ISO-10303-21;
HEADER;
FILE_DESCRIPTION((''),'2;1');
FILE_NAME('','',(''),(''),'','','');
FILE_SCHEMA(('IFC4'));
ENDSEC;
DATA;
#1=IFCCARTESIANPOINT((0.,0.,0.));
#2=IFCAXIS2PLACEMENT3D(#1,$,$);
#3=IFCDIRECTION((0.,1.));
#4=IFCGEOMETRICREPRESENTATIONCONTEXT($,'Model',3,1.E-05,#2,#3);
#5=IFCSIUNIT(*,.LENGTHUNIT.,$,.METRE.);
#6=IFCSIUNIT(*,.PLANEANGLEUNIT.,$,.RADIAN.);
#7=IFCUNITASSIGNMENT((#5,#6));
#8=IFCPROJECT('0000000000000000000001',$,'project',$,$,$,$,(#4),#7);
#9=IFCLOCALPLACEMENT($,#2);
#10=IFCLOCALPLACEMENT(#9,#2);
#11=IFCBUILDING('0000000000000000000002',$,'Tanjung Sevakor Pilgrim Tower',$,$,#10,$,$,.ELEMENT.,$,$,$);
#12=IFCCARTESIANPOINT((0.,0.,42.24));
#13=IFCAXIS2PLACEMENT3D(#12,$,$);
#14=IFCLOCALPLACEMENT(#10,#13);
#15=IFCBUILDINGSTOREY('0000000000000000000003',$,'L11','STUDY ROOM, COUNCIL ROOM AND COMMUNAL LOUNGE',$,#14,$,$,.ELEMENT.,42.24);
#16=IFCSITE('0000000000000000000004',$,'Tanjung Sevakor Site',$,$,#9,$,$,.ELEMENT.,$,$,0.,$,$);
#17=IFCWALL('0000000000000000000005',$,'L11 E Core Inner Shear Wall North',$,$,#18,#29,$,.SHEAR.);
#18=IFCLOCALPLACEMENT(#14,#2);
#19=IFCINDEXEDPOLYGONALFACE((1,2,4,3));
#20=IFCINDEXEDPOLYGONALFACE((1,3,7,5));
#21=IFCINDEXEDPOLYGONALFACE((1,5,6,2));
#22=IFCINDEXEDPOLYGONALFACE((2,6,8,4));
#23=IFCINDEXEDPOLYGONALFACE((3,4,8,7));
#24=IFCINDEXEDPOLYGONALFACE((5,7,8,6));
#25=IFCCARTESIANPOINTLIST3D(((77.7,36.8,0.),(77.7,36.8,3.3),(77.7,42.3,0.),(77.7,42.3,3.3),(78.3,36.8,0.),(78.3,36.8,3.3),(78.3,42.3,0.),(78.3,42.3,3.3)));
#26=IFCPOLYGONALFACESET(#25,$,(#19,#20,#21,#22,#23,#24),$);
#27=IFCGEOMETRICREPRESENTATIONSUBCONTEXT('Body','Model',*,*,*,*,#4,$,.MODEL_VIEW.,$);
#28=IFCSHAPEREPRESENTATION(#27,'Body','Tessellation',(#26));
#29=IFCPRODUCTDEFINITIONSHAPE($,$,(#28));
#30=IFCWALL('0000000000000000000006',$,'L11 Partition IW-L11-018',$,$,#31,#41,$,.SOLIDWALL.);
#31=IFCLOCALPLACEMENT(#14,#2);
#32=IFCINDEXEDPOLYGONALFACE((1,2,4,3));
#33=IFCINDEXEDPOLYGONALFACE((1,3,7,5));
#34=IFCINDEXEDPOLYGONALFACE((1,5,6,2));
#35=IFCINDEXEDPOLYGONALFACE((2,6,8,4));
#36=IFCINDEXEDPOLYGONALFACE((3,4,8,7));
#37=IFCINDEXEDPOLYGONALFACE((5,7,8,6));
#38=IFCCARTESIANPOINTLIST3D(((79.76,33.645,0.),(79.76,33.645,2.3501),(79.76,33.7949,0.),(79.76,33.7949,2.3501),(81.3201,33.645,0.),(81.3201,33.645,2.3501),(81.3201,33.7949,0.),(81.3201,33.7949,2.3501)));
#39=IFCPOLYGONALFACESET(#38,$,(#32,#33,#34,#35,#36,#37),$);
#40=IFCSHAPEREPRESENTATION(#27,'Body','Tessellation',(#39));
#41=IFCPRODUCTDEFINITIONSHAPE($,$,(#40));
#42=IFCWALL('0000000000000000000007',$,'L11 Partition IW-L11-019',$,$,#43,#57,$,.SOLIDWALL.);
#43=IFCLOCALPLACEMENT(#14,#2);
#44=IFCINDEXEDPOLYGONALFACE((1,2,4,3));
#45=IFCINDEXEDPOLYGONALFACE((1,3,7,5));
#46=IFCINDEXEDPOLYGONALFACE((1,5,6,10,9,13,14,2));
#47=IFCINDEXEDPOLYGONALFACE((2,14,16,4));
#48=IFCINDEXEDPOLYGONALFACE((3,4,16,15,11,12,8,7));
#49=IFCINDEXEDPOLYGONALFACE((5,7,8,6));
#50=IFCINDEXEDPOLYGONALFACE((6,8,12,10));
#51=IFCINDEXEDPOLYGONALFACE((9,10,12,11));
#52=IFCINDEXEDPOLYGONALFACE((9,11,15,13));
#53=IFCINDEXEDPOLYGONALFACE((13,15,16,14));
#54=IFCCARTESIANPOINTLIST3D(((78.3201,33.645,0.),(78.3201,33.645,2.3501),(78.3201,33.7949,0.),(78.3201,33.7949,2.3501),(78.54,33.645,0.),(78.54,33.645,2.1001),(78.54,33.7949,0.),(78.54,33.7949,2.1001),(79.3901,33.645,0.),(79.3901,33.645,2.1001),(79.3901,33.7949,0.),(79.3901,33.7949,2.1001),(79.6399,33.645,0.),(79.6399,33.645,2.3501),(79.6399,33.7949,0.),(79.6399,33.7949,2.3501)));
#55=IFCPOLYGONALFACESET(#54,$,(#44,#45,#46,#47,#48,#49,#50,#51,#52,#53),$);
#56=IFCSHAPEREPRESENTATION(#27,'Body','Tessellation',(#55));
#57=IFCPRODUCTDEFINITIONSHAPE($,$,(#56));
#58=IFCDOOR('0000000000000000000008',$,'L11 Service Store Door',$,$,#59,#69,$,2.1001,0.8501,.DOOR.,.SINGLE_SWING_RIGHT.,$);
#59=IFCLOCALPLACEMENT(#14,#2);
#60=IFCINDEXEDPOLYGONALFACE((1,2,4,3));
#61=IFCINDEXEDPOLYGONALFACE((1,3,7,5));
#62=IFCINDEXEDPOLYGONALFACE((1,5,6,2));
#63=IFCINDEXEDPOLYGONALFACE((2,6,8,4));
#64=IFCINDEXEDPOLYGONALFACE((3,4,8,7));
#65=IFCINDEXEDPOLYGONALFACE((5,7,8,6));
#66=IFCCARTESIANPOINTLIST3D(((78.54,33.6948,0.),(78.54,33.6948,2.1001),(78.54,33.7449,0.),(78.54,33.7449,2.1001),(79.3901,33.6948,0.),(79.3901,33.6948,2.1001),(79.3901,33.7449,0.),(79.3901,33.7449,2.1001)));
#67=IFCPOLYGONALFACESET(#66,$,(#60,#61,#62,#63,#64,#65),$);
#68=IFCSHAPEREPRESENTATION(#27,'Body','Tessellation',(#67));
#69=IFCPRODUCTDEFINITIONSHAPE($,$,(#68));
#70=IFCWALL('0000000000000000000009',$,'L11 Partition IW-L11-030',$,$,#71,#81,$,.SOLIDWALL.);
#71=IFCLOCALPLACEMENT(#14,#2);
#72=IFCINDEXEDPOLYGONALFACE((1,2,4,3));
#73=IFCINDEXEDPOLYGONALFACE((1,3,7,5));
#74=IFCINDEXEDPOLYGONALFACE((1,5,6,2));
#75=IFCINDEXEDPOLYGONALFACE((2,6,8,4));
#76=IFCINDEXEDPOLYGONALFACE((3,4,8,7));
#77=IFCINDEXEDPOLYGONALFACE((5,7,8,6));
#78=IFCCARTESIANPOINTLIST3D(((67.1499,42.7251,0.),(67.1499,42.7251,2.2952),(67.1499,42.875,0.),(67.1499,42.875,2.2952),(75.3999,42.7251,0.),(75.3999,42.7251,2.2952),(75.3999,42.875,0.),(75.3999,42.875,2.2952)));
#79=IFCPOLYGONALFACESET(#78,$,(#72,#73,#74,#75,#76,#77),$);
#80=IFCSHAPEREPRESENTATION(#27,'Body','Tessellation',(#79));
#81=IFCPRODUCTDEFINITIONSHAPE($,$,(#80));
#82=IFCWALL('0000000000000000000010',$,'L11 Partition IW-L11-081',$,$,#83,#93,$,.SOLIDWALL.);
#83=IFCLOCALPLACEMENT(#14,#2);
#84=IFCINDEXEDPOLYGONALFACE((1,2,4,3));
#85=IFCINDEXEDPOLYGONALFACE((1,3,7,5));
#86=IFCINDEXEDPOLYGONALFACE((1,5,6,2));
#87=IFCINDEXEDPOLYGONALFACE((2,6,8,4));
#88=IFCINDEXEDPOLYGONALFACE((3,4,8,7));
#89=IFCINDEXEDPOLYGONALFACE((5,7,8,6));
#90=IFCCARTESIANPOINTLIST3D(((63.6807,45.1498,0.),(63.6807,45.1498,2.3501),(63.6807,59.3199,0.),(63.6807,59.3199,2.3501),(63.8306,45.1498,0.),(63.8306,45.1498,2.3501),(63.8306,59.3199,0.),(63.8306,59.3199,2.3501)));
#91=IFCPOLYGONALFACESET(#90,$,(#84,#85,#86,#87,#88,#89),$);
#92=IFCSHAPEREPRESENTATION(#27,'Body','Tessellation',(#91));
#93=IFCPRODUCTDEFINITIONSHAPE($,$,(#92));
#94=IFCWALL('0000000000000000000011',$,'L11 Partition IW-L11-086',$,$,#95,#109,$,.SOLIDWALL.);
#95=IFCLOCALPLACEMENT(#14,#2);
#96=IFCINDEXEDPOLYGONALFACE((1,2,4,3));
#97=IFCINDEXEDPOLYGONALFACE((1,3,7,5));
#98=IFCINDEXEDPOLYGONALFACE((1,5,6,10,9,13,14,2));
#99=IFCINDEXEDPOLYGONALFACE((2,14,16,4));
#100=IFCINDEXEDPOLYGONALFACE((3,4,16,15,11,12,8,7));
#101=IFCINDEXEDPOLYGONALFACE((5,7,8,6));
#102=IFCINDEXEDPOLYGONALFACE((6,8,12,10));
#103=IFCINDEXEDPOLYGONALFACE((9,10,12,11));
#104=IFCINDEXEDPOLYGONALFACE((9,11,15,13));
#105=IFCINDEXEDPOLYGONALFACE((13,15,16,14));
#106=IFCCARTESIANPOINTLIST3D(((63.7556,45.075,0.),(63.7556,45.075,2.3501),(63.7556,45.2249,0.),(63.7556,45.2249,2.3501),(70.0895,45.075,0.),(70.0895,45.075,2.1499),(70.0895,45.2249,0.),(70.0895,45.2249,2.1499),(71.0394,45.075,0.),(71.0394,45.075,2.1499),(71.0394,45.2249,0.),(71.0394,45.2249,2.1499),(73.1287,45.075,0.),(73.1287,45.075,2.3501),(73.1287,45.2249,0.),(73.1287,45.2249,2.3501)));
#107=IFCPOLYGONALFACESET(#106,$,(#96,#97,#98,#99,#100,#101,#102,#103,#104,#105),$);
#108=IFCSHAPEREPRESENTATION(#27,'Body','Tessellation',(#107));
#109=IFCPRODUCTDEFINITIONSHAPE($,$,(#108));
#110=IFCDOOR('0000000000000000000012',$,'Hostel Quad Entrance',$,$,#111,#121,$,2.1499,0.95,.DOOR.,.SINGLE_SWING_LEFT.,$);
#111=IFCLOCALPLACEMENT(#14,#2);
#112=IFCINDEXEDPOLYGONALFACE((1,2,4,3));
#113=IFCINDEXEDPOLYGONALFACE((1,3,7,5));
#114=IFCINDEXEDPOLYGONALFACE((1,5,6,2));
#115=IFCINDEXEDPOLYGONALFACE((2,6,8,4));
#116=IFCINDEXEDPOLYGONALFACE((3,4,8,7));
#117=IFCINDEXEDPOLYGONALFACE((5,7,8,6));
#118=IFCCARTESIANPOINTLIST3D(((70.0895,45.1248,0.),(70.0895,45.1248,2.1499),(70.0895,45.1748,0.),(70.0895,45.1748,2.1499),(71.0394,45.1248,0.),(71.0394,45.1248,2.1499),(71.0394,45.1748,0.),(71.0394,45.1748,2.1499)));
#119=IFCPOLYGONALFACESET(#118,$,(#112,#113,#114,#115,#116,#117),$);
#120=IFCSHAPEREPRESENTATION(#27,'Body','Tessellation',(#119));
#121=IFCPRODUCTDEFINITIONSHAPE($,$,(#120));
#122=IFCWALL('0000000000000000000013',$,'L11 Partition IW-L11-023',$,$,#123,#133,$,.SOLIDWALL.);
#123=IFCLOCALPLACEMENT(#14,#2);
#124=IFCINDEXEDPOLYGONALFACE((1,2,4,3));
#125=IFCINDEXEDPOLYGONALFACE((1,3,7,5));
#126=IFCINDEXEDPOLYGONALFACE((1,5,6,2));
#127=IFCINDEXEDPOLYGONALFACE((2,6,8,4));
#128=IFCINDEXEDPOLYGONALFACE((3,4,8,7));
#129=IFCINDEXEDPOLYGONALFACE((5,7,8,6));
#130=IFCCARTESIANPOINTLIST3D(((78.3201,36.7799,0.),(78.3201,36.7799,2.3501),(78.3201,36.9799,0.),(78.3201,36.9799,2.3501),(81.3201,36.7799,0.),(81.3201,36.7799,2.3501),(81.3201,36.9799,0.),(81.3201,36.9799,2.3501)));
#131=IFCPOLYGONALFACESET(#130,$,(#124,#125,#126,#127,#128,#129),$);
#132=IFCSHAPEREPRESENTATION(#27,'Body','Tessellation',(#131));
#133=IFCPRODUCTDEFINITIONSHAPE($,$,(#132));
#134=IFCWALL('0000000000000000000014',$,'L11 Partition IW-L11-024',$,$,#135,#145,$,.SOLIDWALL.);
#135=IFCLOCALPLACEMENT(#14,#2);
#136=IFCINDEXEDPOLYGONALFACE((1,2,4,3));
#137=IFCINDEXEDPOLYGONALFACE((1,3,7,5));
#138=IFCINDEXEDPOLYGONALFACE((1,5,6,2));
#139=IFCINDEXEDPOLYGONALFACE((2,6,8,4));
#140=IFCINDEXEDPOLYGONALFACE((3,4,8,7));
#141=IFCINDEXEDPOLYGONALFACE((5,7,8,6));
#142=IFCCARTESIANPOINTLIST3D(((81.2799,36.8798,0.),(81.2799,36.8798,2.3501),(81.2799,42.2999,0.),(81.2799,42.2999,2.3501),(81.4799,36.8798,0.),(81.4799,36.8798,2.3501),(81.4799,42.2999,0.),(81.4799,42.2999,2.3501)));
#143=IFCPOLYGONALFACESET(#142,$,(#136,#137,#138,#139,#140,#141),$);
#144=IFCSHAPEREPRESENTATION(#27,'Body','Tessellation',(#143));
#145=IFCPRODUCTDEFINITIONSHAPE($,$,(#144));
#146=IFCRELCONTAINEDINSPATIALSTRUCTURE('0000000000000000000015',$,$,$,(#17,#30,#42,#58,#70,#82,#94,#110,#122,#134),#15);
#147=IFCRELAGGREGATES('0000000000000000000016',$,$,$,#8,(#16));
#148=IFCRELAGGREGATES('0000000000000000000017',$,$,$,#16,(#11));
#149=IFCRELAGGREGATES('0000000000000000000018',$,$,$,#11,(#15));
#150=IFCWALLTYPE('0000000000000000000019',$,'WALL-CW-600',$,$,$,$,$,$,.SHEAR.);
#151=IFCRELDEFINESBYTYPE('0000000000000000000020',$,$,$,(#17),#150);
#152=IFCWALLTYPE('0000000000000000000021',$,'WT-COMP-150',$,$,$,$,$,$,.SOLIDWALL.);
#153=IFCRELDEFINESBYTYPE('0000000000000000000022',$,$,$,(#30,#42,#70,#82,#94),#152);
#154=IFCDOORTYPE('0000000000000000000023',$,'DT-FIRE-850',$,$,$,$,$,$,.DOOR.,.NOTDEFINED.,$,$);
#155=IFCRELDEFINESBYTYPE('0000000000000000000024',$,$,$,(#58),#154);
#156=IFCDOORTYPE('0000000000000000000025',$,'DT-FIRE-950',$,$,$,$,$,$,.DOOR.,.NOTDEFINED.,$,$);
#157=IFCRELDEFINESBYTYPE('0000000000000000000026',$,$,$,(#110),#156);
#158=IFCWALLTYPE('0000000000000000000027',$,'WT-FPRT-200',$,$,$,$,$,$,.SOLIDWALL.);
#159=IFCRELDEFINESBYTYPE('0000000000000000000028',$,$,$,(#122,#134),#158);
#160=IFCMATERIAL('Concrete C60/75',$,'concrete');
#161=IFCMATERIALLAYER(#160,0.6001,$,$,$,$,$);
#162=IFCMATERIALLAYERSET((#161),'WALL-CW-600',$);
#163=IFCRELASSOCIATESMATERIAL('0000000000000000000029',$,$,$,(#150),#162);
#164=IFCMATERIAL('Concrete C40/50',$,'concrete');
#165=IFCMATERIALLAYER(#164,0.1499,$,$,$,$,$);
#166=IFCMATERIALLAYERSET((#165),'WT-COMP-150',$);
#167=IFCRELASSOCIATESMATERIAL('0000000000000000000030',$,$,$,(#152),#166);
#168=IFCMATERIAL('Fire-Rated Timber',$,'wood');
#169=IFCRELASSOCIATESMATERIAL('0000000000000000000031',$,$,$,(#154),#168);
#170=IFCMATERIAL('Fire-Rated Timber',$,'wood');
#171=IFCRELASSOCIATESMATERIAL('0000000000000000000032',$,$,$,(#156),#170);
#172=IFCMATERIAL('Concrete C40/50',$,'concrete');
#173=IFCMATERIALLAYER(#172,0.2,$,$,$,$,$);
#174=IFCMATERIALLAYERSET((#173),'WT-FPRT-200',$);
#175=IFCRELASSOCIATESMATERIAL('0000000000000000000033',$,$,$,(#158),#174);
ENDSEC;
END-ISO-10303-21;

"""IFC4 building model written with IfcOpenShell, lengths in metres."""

from ifc_helpers import new_model, si_unit, direction, frame, frame_2d, origin, place, context, subcontext, project, spatial, rectangle, extrude, material, layer, layer_set, type_object, element, fill, save


model = new_model("IFC4")

# Units and contexts
model_context = context("Model", 3, precision=1e-05, world=origin(), true_north=direction((0.0, 1.0)))
body_context = subcontext(model_context, "Body", "Model", "MODEL_VIEW")
ifc_project = project(units=[si_unit("LENGTHUNIT", "METRE"), si_unit("PLANEANGLEUNIT", "RADIAN")], contexts=[model_context])

# Site, building, storey
site_placement = place(None, origin())
site = spatial("IfcSite", under=ifc_project, at=site_placement, Name="Tanjung Sevakor Site", CompositionType="ELEMENT", RefElevation=0.0)
building_placement = place(site_placement, origin())
building = spatial("IfcBuilding", under=site, at=building_placement, Name="Tanjung Sevakor Pilgrim Tower", CompositionType="ELEMENT")
storey_placement = place(building_placement, frame((0.0, 0.0, 42.24)))
storey = spatial("IfcBuildingStorey", under=building, at=storey_placement, Name="L11", Description="STUDY ROOM, COUNCIL ROOM AND COMMUNAL LOUNGE", CompositionType="ELEMENT", Elevation=42.24)

# Walls
ifc_material_1 = material(Name="Concrete C60/75", Category="concrete")
ifc_layer_1 = layer(ifc_material_1, 0.6001)
ifc_layer_set_1 = layer_set([ifc_layer_1], Name="WALL-CW-600")
wall_type_1 = type_object("IfcWallType", Name="WALL-CW-600", PredefinedType="SHEAR", material=ifc_layer_set_1)
wall_1_placement = place(storey_placement, frame((78.0, 36.8, 0.0), z_axis=(0.0, 0.0, 1.0), x_axis=(0.0, 1.0, 0.0)))
element("IfcWall", 1, at=wall_1_placement, inside=storey, type_object=wall_type_1, Name="L11 E Core Inner Shear Wall North", PredefinedType="SHEAR", context=body_context, shape_type="SweptSolid", body=[
    extrude(rectangle(XDim=5.5, YDim=0.6001, at=frame_2d((2.75, 0.0))), origin(), (0.0, 0.0, 1.0), 3.3),
])
ifc_material_2 = material(Name="Concrete C40/50", Category="concrete")
ifc_layer_2 = layer(ifc_material_2, 0.1499)
ifc_layer_set_2 = layer_set([ifc_layer_2], Name="WT-COMP-150")
wall_type_2 = type_object("IfcWallType", Name="WT-COMP-150", PredefinedType="SOLIDWALL", material=ifc_layer_set_2)
wall_2_placement = place(storey_placement, frame((79.76, 33.72, 0.0), z_axis=(0.0, 0.0, 1.0), x_axis=(1.0, 0.0, 0.0)))
element("IfcWall", 2, at=wall_2_placement, inside=storey, type_object=wall_type_2, Name="L11 Partition IW-L11-018", PredefinedType="SOLIDWALL", context=body_context, shape_type="SweptSolid", body=[
    extrude(rectangle(XDim=1.5601, YDim=0.1499, at=frame_2d((0.78, 0.0))), origin(), (0.0, 0.0, 1.0), 2.3501),
])

# Wall, opening, door
wall_3_placement = place(storey_placement, frame((78.3201, 33.72, 0.0), z_axis=(0.0, 0.0, 1.0), x_axis=(1.0, 0.0, 0.0)))
wall_3 = element("IfcWall", 3, at=wall_3_placement, inside=storey, type_object=wall_type_2, Name="L11 Partition IW-L11-019", PredefinedType="SOLIDWALL", context=body_context, shape_type="SweptSolid", body=[
    extrude(rectangle(XDim=1.3198, YDim=0.1499, at=frame_2d((0.6599, 0.0))), origin(), (0.0, 0.0, 1.0), 2.3501),
])
opening_1_placement = place(wall_3_placement, frame((0.22, 0.0, 0.0)))
opening_1 = element("IfcOpeningElement", 4, at=opening_1_placement, cuts=wall_3, PredefinedType="OPENING", context=body_context, shape_type="SweptSolid", body=[
    extrude(rectangle(XDim=0.8501, YDim=2.1001, at=frame_2d((0.425, 1.05))), frame((0.0, 0.085, 0.0), z_axis=(0.0, -1.0, 0.0), x_axis=(1.0, 0.0, 0.0)), (0.0, 0.0, 1.0), 0.1699),
])
ifc_material_3 = material(Name="Fire-Rated Timber", Category="wood")
door_type_1 = type_object("IfcDoorType", Name="DT-FIRE-850", OperationType="NOTDEFINED", PredefinedType="DOOR", material=ifc_material_3)
door_1_placement = place(opening_1_placement, origin())
door_1 = element("IfcDoor", 5, at=door_1_placement, inside=storey, type_object=door_type_1, Name="L11 Service Store Door", OperationType="SINGLE_SWING_RIGHT", OverallHeight=2.1001, OverallWidth=0.8501, PredefinedType="DOOR", context=body_context, shape_type="SweptSolid", body=[
    extrude(rectangle(XDim=0.8501, YDim=2.1001, at=frame_2d((0.425, 1.05))), frame((0.0, 0.0249, 0.0), z_axis=(0.0, -1.0, 0.0), x_axis=(1.0, 0.0, 0.0)), (0.0, 0.0, 1.0), 0.05),
])
fill(opening_1, door_1)

# Walls
wall_4_placement = place(storey_placement, frame((67.1499, 42.8, 0.0), z_axis=(0.0, 0.0, 1.0), x_axis=(1.0, 0.0, 0.0)))
element("IfcWall", 6, at=wall_4_placement, inside=storey, type_object=wall_type_2, Name="L11 Partition IW-L11-030", PredefinedType="SOLIDWALL", context=body_context, shape_type="SweptSolid", body=[
    extrude(rectangle(XDim=8.25, YDim=0.1499, at=frame_2d((4.125, 0.0))), origin(), (0.0, 0.0, 1.0), 2.2952),
])
wall_5_placement = place(storey_placement, frame((63.7556, 45.1499, 0.0), z_axis=(0.0, 0.0, 1.0), x_axis=(0.0, 1.0, 0.0)))
element("IfcWall", 7, at=wall_5_placement, inside=storey, type_object=wall_type_2, Name="L11 Partition IW-L11-081", PredefinedType="SOLIDWALL", context=body_context, shape_type="SweptSolid", body=[
    extrude(rectangle(XDim=14.1702, YDim=0.1499, at=frame_2d((7.085, 0.0))), origin(), (0.0, 0.0, 1.0), 2.3501),
])

# Wall, opening, door
wall_6_placement = place(storey_placement, frame((63.7556, 45.1499, 0.0), z_axis=(0.0, 0.0, 1.0), x_axis=(1.0, 0.0, 0.0)))
wall_6 = element("IfcWall", 8, at=wall_6_placement, inside=storey, type_object=wall_type_2, Name="L11 Partition IW-L11-086", PredefinedType="SOLIDWALL", context=body_context, shape_type="SweptSolid", body=[
    extrude(rectangle(XDim=9.373, YDim=0.1499, at=frame_2d((4.6865, 0.0))), origin(), (0.0, 0.0, 1.0), 2.3501),
])
opening_2_placement = place(wall_6_placement, frame((6.3337, 0.0, 0.0)))
opening_2 = element("IfcOpeningElement", 9, at=opening_2_placement, cuts=wall_6, PredefinedType="OPENING", context=body_context, shape_type="SweptSolid", body=[
    extrude(rectangle(XDim=0.95, YDim=2.1499, at=frame_2d((0.4751, 1.075))), frame((0.0, 0.085, 0.0), z_axis=(0.0, -1.0, 0.0), x_axis=(1.0, 0.0, 0.0)), (0.0, 0.0, 1.0), 0.1699),
])
ifc_material_4 = material(Name="Fire-Rated Timber", Category="wood")
door_type_2 = type_object("IfcDoorType", Name="DT-FIRE-950", OperationType="NOTDEFINED", PredefinedType="DOOR", material=ifc_material_4)
door_2_placement = place(opening_2_placement, origin())
door_2 = element("IfcDoor", 10, at=door_2_placement, inside=storey, type_object=door_type_2, Name="Hostel Quad Entrance", OperationType="SINGLE_SWING_LEFT", OverallHeight=2.1499, OverallWidth=0.95, PredefinedType="DOOR", context=body_context, shape_type="SweptSolid", body=[
    extrude(rectangle(XDim=0.95, YDim=2.1499, at=frame_2d((0.4751, 1.075))), frame((0.0, 0.0249, 0.0), z_axis=(0.0, -1.0, 0.0), x_axis=(1.0, 0.0, 0.0)), (0.0, 0.0, 1.0), 0.05),
])
fill(opening_2, door_2)

# Walls
ifc_material_5 = material(Name="Concrete C40/50", Category="concrete")
ifc_layer_3 = layer(ifc_material_5, 0.2)
ifc_layer_set_3 = layer_set([ifc_layer_3], Name="WT-FPRT-200")
wall_type_3 = type_object("IfcWallType", Name="WT-FPRT-200", PredefinedType="SOLIDWALL", material=ifc_layer_set_3)
wall_7_placement = place(storey_placement, frame((78.3201, 36.8799, 0.0), z_axis=(0.0, 0.0, 1.0), x_axis=(1.0, 0.0, 0.0)))
element("IfcWall", 11, at=wall_7_placement, inside=storey, type_object=wall_type_3, Name="L11 Partition IW-L11-023", PredefinedType="SOLIDWALL", context=body_context, shape_type="SweptSolid", body=[
    extrude(rectangle(XDim=3.0, YDim=0.2, at=frame_2d((1.5, 0.0))), origin(), (0.0, 0.0, 1.0), 2.3501),
])
wall_8_placement = place(storey_placement, frame((81.3799, 36.8799, 0.0), z_axis=(0.0, 0.0, 1.0), x_axis=(0.0, 1.0, 0.0)))
element("IfcWall", 12, at=wall_8_placement, inside=storey, type_object=wall_type_3, Name="L11 Partition IW-L11-024", PredefinedType="SOLIDWALL", context=body_context, shape_type="SweptSolid", body=[
    extrude(rectangle(XDim=5.4202, YDim=0.2, at=frame_2d((2.71, 0.0))), origin(), (0.0, 0.0, 1.0), 2.3501),
])

save(model, "model.ifc")
